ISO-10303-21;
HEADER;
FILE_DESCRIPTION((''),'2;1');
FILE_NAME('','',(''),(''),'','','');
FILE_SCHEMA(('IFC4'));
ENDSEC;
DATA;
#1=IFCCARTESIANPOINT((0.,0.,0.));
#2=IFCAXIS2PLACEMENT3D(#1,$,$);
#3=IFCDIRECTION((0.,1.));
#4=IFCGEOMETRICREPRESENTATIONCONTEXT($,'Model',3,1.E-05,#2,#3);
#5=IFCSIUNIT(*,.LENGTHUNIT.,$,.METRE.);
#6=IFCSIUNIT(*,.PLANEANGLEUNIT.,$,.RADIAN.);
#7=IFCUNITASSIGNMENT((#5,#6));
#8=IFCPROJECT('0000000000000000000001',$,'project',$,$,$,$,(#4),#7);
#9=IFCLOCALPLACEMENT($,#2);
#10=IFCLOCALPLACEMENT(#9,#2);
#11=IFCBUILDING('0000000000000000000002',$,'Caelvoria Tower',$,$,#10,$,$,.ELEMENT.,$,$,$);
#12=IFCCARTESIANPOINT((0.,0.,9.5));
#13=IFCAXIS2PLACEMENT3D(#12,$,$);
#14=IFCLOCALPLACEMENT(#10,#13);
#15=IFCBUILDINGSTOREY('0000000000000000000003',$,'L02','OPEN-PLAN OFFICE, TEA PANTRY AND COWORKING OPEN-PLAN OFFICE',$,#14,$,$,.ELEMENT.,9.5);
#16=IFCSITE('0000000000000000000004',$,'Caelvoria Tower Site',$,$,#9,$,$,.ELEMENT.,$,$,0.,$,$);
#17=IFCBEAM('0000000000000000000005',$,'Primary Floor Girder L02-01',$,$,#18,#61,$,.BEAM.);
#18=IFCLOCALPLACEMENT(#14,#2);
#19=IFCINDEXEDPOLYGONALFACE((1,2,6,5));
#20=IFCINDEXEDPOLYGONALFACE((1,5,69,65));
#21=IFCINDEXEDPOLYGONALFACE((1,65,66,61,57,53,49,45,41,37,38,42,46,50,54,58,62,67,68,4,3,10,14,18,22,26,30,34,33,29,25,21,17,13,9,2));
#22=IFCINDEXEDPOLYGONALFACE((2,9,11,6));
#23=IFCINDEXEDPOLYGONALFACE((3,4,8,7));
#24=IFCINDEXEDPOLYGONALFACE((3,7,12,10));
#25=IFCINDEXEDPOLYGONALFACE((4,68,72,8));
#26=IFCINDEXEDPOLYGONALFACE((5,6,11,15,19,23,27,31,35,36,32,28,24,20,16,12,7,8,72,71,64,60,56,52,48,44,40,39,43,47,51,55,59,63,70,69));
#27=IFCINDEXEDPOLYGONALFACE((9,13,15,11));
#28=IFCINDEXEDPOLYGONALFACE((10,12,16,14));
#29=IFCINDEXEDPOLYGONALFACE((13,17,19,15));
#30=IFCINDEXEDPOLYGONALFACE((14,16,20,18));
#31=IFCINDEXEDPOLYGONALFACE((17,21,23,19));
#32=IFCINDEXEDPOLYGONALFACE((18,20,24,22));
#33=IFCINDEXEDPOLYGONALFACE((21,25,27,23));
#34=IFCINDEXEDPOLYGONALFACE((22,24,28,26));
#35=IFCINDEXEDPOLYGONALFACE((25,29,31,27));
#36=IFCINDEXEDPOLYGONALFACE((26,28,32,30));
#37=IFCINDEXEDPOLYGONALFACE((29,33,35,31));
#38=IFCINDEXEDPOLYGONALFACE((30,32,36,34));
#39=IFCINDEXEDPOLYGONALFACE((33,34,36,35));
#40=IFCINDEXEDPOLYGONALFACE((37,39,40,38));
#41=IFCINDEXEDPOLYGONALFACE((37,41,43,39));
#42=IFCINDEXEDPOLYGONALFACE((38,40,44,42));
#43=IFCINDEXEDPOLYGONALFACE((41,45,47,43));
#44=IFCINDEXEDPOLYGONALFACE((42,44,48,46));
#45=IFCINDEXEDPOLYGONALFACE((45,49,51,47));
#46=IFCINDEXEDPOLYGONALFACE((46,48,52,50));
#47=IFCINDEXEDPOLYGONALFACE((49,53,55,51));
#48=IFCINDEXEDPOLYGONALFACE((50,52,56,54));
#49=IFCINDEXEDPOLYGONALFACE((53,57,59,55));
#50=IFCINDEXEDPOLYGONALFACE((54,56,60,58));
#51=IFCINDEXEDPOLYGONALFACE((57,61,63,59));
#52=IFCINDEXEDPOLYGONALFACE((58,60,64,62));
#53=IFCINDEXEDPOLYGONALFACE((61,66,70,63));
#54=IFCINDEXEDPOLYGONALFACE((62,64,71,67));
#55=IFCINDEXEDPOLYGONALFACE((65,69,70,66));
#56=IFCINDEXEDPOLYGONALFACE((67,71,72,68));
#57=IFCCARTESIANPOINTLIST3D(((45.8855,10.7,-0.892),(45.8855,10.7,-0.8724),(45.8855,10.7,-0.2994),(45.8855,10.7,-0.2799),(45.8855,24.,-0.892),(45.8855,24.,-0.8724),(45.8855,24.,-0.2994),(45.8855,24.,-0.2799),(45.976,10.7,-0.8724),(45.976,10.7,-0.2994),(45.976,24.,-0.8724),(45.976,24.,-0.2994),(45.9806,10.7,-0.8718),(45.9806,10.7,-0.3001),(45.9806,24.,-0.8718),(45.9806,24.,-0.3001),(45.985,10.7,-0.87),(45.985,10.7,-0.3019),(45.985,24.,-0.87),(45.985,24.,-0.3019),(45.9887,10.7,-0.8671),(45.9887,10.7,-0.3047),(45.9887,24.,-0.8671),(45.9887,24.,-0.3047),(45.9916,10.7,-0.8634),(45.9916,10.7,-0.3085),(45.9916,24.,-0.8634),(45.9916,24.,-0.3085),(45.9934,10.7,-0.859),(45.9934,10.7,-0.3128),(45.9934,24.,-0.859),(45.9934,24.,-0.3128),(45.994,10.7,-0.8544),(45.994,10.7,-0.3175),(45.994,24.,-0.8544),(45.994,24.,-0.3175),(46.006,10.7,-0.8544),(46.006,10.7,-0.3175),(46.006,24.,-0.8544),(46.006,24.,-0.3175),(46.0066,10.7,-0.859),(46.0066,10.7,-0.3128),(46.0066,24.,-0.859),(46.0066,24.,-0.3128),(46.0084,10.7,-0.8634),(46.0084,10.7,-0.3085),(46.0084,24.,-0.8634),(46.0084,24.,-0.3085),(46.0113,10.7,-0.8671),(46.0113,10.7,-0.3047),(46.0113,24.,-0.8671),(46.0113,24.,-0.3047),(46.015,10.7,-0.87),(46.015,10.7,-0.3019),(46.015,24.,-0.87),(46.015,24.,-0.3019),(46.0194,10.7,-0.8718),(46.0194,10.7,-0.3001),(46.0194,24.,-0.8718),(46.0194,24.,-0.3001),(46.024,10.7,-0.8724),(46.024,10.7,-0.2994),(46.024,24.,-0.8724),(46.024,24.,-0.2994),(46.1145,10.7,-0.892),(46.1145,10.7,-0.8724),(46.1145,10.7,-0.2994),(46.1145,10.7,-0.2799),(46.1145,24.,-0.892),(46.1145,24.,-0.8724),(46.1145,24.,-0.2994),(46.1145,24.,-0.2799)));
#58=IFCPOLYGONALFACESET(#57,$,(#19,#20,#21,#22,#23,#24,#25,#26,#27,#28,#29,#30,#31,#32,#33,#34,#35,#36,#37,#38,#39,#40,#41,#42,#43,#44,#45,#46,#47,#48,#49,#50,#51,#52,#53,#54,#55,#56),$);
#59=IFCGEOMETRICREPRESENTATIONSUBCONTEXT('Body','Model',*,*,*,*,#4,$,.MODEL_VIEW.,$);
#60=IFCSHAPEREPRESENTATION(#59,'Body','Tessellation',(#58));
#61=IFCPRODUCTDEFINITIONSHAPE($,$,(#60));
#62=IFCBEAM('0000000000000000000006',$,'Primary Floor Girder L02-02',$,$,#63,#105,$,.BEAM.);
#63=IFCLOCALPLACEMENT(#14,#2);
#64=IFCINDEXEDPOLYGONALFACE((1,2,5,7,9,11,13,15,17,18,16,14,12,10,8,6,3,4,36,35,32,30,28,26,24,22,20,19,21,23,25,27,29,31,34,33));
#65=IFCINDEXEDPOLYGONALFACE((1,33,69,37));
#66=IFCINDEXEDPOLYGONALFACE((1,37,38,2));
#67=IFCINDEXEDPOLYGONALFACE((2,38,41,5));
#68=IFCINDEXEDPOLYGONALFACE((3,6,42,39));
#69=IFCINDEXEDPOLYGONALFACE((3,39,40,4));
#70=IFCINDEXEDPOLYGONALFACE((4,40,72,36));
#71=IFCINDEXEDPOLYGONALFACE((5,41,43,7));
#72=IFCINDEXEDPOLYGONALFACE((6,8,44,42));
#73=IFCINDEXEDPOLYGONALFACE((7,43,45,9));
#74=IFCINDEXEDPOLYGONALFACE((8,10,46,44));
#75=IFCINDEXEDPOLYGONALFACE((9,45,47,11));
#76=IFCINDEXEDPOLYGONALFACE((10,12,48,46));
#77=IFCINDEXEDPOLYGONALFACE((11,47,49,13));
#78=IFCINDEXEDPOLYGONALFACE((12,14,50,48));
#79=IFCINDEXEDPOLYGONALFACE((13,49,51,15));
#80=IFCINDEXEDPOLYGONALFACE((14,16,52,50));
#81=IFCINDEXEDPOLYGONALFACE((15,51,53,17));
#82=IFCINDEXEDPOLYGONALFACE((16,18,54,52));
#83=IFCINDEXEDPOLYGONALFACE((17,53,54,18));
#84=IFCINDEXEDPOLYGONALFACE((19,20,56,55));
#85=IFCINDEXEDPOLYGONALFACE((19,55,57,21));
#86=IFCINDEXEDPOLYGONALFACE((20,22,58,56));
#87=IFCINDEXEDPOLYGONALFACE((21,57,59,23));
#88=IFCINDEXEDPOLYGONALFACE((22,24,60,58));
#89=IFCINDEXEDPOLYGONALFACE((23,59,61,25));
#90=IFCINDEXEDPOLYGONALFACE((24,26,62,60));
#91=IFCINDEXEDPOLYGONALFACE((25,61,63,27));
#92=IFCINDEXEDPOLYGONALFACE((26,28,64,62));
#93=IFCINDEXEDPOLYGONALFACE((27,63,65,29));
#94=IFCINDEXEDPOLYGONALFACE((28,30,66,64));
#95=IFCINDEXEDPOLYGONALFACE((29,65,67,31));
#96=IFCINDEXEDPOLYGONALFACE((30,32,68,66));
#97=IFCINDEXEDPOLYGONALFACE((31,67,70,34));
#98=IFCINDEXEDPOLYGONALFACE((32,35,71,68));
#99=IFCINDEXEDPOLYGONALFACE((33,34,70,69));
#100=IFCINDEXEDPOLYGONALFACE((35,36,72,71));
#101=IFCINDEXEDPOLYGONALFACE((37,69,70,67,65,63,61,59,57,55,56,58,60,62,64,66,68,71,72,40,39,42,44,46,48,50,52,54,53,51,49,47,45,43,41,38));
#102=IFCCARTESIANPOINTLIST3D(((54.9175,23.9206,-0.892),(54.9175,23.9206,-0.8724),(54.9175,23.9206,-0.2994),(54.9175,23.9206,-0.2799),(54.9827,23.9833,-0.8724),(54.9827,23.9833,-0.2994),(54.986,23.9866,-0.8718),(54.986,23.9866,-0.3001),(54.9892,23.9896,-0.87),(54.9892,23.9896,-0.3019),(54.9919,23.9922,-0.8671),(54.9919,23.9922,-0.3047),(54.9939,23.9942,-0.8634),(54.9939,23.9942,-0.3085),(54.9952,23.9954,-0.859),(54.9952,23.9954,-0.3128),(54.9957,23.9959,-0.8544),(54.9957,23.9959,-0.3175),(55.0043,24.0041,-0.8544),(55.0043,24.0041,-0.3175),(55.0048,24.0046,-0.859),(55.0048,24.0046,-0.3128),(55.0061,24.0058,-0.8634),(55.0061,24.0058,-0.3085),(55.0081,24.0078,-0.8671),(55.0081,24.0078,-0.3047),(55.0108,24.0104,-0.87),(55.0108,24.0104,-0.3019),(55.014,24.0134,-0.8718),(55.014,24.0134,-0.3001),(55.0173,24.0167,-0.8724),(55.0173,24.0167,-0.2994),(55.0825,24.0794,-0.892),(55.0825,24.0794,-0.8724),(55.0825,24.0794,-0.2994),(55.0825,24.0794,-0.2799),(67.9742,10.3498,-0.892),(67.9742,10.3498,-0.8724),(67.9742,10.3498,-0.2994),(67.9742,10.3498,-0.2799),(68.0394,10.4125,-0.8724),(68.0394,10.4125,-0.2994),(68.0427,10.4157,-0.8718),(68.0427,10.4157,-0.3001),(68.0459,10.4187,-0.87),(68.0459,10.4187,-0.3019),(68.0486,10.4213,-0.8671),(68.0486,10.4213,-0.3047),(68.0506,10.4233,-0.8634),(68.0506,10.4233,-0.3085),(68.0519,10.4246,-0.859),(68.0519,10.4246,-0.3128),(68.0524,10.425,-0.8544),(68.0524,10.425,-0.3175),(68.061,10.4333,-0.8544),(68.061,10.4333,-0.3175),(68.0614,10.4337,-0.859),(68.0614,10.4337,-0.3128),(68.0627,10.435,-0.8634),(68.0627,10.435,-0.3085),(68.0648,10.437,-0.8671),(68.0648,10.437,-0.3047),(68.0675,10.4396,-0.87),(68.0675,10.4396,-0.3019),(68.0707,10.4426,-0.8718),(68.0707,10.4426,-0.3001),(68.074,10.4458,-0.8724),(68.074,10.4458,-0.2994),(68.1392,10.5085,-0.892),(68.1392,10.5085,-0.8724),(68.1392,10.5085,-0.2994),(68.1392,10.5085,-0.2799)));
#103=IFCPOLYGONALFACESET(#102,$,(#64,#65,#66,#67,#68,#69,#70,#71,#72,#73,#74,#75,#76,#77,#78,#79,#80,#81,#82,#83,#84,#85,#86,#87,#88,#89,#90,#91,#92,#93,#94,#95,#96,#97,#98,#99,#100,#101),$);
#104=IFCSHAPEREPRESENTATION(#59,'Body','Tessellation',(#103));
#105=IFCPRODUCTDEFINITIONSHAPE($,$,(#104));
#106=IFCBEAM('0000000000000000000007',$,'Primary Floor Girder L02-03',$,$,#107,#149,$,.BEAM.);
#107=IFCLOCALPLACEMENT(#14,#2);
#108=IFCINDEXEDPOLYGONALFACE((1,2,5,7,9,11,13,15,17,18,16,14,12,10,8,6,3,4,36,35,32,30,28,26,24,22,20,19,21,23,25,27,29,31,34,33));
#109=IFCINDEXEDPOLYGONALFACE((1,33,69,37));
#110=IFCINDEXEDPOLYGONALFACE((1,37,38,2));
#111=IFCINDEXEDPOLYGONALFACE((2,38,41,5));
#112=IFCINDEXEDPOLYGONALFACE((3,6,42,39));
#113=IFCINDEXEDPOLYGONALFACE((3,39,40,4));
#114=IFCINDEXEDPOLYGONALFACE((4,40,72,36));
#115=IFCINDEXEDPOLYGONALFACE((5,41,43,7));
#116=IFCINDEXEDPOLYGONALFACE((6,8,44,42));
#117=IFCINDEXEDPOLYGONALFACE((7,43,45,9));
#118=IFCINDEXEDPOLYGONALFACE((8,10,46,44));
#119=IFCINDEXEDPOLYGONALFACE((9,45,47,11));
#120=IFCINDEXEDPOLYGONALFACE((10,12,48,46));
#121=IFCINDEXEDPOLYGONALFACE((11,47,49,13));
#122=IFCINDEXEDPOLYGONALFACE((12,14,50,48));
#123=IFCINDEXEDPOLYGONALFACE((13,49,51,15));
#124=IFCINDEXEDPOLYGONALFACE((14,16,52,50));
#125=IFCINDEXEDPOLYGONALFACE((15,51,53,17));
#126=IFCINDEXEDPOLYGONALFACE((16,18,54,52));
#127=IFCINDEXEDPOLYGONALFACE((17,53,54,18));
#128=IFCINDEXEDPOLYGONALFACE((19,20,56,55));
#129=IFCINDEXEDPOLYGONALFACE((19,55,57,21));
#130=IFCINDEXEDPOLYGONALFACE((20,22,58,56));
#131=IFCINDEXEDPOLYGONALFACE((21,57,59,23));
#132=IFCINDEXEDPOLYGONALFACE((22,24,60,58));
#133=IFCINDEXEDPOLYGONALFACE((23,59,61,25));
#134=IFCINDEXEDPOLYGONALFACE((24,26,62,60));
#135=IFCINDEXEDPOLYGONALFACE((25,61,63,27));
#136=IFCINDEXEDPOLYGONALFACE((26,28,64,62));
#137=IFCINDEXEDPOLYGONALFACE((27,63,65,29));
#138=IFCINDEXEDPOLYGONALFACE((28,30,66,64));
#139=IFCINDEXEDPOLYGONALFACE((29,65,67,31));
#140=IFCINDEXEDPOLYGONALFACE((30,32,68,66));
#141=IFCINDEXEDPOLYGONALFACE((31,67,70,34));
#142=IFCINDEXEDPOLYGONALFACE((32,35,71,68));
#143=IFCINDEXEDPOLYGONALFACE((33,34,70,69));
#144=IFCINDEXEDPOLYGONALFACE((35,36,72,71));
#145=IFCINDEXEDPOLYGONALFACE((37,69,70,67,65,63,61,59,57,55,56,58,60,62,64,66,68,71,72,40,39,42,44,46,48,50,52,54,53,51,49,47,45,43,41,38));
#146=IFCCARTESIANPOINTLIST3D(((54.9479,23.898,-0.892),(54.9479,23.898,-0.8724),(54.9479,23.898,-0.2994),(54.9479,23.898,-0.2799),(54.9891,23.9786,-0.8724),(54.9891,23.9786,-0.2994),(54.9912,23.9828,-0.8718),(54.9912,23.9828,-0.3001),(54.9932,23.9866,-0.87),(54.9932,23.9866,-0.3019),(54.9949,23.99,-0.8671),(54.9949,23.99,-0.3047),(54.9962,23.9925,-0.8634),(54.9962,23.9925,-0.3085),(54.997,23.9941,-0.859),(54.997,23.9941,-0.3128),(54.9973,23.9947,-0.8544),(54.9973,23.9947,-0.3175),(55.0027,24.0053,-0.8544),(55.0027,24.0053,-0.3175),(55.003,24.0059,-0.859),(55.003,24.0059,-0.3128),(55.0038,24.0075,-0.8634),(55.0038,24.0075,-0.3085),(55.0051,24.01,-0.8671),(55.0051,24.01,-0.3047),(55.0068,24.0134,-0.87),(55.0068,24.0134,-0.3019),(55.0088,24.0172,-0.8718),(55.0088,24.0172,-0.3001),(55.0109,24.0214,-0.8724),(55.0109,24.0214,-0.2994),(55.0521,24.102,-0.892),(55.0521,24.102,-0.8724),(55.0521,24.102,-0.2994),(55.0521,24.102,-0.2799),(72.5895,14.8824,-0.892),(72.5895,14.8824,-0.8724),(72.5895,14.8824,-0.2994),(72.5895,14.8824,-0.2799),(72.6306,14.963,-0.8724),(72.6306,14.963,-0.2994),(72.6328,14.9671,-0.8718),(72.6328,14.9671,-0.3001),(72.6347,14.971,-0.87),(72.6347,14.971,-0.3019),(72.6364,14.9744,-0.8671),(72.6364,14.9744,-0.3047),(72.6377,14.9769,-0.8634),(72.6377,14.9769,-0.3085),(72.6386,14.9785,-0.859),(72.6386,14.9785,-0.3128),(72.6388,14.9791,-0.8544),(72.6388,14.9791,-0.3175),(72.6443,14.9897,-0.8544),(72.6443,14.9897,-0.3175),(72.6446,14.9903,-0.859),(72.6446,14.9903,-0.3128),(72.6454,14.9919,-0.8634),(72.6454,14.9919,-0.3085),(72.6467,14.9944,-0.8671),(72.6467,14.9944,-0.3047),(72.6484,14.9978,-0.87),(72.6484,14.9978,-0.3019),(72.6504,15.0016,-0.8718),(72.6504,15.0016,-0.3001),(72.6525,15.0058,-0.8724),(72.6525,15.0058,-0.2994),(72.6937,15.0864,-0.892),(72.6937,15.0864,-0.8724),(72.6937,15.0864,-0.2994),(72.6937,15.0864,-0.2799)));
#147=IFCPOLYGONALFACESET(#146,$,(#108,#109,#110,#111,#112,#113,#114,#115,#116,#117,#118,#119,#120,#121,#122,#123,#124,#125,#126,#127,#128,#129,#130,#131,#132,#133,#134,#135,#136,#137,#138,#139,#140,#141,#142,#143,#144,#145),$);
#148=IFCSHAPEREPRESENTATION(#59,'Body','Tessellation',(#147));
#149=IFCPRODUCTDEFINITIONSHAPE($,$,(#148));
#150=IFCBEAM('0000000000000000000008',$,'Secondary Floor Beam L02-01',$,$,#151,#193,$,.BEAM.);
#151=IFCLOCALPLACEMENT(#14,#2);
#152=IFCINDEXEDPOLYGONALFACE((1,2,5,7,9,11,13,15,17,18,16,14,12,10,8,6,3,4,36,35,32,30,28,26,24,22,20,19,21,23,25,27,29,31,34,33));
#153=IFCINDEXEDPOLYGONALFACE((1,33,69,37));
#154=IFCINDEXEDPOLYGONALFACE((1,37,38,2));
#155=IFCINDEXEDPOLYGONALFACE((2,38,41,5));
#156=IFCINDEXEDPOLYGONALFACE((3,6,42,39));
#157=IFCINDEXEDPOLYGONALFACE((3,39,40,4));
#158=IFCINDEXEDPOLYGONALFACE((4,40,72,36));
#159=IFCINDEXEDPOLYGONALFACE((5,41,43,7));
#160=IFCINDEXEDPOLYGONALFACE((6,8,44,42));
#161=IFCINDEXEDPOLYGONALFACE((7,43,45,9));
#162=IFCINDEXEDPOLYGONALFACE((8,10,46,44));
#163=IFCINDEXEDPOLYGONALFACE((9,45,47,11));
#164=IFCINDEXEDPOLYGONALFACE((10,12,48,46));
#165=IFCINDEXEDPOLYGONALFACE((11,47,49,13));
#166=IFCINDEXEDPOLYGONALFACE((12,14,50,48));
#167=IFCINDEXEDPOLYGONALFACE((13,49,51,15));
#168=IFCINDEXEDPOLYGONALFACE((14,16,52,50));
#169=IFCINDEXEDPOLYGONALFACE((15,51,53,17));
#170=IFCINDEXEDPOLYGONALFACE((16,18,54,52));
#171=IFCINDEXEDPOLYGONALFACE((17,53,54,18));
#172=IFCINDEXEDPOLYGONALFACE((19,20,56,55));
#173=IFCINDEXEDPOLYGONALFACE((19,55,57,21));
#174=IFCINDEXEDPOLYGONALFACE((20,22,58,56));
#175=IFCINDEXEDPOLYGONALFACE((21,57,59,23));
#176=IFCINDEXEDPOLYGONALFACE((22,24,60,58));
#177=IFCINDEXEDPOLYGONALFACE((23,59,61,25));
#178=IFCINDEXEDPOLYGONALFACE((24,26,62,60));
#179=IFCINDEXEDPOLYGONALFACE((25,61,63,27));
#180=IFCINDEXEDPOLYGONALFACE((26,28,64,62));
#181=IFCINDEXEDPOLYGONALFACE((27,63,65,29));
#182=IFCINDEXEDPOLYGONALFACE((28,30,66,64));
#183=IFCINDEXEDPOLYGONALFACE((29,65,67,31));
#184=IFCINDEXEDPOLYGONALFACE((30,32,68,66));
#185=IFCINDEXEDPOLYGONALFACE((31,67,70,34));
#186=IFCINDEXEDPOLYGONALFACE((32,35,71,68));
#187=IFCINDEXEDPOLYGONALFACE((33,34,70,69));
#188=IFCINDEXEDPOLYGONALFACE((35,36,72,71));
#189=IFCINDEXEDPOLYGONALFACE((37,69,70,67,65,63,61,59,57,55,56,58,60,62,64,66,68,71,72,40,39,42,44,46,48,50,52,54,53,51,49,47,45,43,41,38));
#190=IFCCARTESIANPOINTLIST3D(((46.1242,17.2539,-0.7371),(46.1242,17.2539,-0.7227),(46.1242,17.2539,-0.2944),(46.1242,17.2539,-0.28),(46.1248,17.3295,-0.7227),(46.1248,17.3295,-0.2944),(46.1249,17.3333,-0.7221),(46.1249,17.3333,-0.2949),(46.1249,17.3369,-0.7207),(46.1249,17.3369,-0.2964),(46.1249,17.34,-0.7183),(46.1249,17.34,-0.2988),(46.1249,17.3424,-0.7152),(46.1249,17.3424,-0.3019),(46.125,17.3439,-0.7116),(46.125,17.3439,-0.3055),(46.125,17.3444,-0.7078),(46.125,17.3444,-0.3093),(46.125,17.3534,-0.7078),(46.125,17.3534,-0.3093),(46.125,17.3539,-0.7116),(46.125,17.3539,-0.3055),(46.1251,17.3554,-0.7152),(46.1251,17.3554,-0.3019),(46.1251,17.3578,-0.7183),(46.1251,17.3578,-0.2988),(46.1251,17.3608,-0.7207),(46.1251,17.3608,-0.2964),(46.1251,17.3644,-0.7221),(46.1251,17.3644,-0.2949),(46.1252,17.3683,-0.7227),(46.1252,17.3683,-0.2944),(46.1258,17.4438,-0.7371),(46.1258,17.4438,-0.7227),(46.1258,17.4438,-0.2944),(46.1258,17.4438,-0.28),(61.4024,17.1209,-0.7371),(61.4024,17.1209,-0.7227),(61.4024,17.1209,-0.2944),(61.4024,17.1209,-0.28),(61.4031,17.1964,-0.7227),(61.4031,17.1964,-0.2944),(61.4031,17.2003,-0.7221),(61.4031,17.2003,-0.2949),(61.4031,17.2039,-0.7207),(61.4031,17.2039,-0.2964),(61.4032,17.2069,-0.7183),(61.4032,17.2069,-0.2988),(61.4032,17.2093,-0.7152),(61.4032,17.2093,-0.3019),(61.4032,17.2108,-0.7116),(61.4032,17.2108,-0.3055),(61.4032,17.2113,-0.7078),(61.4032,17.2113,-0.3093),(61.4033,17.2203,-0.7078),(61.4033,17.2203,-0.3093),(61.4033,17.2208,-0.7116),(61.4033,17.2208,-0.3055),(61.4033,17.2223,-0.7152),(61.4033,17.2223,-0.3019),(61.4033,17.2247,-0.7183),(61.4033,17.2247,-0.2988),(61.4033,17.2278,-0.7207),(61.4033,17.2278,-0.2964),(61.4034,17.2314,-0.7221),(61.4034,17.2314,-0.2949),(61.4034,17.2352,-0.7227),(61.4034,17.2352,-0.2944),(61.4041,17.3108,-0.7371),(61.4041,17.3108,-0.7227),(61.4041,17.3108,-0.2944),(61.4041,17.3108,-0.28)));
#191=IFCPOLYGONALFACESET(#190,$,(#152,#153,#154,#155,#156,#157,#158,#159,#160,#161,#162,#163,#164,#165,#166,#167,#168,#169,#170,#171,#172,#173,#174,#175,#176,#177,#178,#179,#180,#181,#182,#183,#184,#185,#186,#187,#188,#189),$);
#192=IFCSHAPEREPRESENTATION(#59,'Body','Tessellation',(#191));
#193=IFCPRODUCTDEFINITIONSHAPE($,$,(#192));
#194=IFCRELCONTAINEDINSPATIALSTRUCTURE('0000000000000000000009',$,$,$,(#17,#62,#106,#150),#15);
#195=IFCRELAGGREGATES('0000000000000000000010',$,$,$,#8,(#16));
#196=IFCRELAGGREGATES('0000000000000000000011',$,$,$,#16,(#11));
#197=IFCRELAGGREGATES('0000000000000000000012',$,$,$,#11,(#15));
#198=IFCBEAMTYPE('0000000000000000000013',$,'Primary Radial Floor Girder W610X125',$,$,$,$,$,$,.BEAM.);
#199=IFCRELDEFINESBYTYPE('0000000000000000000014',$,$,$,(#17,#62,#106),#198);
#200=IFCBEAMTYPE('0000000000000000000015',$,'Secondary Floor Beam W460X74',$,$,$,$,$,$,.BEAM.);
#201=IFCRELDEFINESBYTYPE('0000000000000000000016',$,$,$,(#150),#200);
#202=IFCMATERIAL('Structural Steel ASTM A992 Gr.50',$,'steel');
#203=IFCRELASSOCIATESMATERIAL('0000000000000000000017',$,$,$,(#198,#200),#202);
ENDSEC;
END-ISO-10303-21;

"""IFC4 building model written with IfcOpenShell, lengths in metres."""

from ifc_helpers import new_model, si_unit, direction, frame, origin, origin_2d, place, context, subcontext, project, spatial, i_section, extrude, material, material_profile, profile_set, type_object, element, save


model = new_model("IFC4")

# Units and contexts
model_context = context("Model", 3, precision=1e-05, world=origin(), true_north=direction((0.0, 1.0)))
body_context = subcontext(model_context, "Body", "Model", "MODEL_VIEW")
ifc_project = project(units=[si_unit("LENGTHUNIT", "METRE"), si_unit("PLANEANGLEUNIT", "RADIAN")], contexts=[model_context])

# Site, building, storey
site_placement = place(None, origin())
site = spatial("IfcSite", under=ifc_project, at=site_placement, Name="Caelvoria Tower Site", CompositionType="ELEMENT", RefElevation=0.0)
building_placement = place(site_placement, origin())
building = spatial("IfcBuilding", under=site, at=building_placement, Name="Caelvoria Tower", CompositionType="ELEMENT")
storey_placement = place(building_placement, frame((0.0, 0.0, 9.5)))
storey = spatial("IfcBuildingStorey", under=building, at=storey_placement, Name="L02", Description="OPEN-PLAN OFFICE, TEA PANTRY AND COWORKING OPEN-PLAN OFFICE", CompositionType="ELEMENT", Elevation=9.5)

# Beams
ifc_material_1 = material(Name="Structural Steel ASTM A992 Gr.50", Category="steel")
ifc_material_profile_1 = material_profile(ifc_material_1, i_section(OverallWidth=0.229, OverallDepth=0.6121, WebThickness=0.012, FlangeThickness=0.0195, FilletRadius=0.0181, at=origin_2d()), Name="Structural Steel ASTM A992 Gr.50")
ifc_profile_set_1 = profile_set([ifc_material_profile_1], Name="W610X125 - Structural Steel ASTM A992 Gr.50")
beam_type_1 = type_object("IfcBeamType", Name="Primary Radial Floor Girder W610X125", PredefinedType="BEAM", material=ifc_profile_set_1)
beam_1_placement = place(storey_placement, frame((46.0, 24.0, -0.5859), z_axis=(0.0, -1.0, 0.0), x_axis=(1.0, 0.0, 0.0)))
element("IfcBeam", 1, at=beam_1_placement, inside=storey, type_object=beam_type_1, Name="Primary Floor Girder L02-01", PredefinedType="BEAM", context=body_context, shape_type="SweptSolid", body=[
    extrude(i_section(OverallWidth=0.229, OverallDepth=0.6121, WebThickness=0.012, FlangeThickness=0.0195, FilletRadius=0.0181, at=origin_2d()), origin(), (0.0, 0.0, 1.0), 13.3),
])
beam_2_placement = place(storey_placement, frame((55.0, 24.0, -0.5859), z_axis=(0.693324, -0.720626, 0.0), x_axis=(0.720626, 0.693324, 0.0)))
element("IfcBeam", 2, at=beam_2_placement, inside=storey, type_object=beam_type_1, Name="Primary Floor Girder L02-02", PredefinedType="BEAM", context=body_context, shape_type="SweptSolid", body=[
    extrude(i_section(OverallWidth=0.229, OverallDepth=0.6121, WebThickness=0.012, FlangeThickness=0.0195, FilletRadius=0.0181, at=origin_2d()), origin(), (0.0, 0.0, 1.0), 18.832),
])
beam_3_placement = place(storey_placement, frame((55.0, 24.0, -0.5859), z_axis=(0.890459, -0.455063, 0.0), x_axis=(0.455063, 0.890459, 0.0)))
element("IfcBeam", 3, at=beam_3_placement, inside=storey, type_object=beam_type_1, Name="Primary Floor Girder L02-03", PredefinedType="BEAM", context=body_context, shape_type="SweptSolid", body=[
    extrude(i_section(OverallWidth=0.229, OverallDepth=0.6121, WebThickness=0.012, FlangeThickness=0.0195, FilletRadius=0.0181, at=origin_2d()), origin(), (0.0, 0.0, 1.0), 19.8118),
])
ifc_material_profile_2 = material_profile(ifc_material_1, i_section(OverallWidth=0.1899, OverallDepth=0.457, WebThickness=0.009, FlangeThickness=0.0144, FilletRadius=0.0149, at=origin_2d()), Name="Structural Steel ASTM A992 Gr.50")
ifc_profile_set_2 = profile_set([ifc_material_profile_2], Name="W460X74 - Structural Steel ASTM A992 Gr.50")
beam_type_2 = type_object("IfcBeamType", Name="Secondary Floor Beam W460X74", PredefinedType="BEAM", material=ifc_profile_set_2)
beam_4_placement = place(storey_placement, frame((46.125, 17.3489, -0.5085), z_axis=(0.999962, -0.008709, 0.0), x_axis=(0.008709, 0.999962, 0.0)))
element("IfcBeam", 4, at=beam_4_placement, inside=storey, type_object=beam_type_2, Name="Secondary Floor Beam L02-01", PredefinedType="BEAM", context=body_context, shape_type="SweptSolid", body=[
    extrude(i_section(OverallWidth=0.1899, OverallDepth=0.457, WebThickness=0.009, FlangeThickness=0.0144, FilletRadius=0.0149, at=origin_2d()), origin(), (0.0, 0.0, 1.0), 15.2788),
])

save(model, "model.ifc")
